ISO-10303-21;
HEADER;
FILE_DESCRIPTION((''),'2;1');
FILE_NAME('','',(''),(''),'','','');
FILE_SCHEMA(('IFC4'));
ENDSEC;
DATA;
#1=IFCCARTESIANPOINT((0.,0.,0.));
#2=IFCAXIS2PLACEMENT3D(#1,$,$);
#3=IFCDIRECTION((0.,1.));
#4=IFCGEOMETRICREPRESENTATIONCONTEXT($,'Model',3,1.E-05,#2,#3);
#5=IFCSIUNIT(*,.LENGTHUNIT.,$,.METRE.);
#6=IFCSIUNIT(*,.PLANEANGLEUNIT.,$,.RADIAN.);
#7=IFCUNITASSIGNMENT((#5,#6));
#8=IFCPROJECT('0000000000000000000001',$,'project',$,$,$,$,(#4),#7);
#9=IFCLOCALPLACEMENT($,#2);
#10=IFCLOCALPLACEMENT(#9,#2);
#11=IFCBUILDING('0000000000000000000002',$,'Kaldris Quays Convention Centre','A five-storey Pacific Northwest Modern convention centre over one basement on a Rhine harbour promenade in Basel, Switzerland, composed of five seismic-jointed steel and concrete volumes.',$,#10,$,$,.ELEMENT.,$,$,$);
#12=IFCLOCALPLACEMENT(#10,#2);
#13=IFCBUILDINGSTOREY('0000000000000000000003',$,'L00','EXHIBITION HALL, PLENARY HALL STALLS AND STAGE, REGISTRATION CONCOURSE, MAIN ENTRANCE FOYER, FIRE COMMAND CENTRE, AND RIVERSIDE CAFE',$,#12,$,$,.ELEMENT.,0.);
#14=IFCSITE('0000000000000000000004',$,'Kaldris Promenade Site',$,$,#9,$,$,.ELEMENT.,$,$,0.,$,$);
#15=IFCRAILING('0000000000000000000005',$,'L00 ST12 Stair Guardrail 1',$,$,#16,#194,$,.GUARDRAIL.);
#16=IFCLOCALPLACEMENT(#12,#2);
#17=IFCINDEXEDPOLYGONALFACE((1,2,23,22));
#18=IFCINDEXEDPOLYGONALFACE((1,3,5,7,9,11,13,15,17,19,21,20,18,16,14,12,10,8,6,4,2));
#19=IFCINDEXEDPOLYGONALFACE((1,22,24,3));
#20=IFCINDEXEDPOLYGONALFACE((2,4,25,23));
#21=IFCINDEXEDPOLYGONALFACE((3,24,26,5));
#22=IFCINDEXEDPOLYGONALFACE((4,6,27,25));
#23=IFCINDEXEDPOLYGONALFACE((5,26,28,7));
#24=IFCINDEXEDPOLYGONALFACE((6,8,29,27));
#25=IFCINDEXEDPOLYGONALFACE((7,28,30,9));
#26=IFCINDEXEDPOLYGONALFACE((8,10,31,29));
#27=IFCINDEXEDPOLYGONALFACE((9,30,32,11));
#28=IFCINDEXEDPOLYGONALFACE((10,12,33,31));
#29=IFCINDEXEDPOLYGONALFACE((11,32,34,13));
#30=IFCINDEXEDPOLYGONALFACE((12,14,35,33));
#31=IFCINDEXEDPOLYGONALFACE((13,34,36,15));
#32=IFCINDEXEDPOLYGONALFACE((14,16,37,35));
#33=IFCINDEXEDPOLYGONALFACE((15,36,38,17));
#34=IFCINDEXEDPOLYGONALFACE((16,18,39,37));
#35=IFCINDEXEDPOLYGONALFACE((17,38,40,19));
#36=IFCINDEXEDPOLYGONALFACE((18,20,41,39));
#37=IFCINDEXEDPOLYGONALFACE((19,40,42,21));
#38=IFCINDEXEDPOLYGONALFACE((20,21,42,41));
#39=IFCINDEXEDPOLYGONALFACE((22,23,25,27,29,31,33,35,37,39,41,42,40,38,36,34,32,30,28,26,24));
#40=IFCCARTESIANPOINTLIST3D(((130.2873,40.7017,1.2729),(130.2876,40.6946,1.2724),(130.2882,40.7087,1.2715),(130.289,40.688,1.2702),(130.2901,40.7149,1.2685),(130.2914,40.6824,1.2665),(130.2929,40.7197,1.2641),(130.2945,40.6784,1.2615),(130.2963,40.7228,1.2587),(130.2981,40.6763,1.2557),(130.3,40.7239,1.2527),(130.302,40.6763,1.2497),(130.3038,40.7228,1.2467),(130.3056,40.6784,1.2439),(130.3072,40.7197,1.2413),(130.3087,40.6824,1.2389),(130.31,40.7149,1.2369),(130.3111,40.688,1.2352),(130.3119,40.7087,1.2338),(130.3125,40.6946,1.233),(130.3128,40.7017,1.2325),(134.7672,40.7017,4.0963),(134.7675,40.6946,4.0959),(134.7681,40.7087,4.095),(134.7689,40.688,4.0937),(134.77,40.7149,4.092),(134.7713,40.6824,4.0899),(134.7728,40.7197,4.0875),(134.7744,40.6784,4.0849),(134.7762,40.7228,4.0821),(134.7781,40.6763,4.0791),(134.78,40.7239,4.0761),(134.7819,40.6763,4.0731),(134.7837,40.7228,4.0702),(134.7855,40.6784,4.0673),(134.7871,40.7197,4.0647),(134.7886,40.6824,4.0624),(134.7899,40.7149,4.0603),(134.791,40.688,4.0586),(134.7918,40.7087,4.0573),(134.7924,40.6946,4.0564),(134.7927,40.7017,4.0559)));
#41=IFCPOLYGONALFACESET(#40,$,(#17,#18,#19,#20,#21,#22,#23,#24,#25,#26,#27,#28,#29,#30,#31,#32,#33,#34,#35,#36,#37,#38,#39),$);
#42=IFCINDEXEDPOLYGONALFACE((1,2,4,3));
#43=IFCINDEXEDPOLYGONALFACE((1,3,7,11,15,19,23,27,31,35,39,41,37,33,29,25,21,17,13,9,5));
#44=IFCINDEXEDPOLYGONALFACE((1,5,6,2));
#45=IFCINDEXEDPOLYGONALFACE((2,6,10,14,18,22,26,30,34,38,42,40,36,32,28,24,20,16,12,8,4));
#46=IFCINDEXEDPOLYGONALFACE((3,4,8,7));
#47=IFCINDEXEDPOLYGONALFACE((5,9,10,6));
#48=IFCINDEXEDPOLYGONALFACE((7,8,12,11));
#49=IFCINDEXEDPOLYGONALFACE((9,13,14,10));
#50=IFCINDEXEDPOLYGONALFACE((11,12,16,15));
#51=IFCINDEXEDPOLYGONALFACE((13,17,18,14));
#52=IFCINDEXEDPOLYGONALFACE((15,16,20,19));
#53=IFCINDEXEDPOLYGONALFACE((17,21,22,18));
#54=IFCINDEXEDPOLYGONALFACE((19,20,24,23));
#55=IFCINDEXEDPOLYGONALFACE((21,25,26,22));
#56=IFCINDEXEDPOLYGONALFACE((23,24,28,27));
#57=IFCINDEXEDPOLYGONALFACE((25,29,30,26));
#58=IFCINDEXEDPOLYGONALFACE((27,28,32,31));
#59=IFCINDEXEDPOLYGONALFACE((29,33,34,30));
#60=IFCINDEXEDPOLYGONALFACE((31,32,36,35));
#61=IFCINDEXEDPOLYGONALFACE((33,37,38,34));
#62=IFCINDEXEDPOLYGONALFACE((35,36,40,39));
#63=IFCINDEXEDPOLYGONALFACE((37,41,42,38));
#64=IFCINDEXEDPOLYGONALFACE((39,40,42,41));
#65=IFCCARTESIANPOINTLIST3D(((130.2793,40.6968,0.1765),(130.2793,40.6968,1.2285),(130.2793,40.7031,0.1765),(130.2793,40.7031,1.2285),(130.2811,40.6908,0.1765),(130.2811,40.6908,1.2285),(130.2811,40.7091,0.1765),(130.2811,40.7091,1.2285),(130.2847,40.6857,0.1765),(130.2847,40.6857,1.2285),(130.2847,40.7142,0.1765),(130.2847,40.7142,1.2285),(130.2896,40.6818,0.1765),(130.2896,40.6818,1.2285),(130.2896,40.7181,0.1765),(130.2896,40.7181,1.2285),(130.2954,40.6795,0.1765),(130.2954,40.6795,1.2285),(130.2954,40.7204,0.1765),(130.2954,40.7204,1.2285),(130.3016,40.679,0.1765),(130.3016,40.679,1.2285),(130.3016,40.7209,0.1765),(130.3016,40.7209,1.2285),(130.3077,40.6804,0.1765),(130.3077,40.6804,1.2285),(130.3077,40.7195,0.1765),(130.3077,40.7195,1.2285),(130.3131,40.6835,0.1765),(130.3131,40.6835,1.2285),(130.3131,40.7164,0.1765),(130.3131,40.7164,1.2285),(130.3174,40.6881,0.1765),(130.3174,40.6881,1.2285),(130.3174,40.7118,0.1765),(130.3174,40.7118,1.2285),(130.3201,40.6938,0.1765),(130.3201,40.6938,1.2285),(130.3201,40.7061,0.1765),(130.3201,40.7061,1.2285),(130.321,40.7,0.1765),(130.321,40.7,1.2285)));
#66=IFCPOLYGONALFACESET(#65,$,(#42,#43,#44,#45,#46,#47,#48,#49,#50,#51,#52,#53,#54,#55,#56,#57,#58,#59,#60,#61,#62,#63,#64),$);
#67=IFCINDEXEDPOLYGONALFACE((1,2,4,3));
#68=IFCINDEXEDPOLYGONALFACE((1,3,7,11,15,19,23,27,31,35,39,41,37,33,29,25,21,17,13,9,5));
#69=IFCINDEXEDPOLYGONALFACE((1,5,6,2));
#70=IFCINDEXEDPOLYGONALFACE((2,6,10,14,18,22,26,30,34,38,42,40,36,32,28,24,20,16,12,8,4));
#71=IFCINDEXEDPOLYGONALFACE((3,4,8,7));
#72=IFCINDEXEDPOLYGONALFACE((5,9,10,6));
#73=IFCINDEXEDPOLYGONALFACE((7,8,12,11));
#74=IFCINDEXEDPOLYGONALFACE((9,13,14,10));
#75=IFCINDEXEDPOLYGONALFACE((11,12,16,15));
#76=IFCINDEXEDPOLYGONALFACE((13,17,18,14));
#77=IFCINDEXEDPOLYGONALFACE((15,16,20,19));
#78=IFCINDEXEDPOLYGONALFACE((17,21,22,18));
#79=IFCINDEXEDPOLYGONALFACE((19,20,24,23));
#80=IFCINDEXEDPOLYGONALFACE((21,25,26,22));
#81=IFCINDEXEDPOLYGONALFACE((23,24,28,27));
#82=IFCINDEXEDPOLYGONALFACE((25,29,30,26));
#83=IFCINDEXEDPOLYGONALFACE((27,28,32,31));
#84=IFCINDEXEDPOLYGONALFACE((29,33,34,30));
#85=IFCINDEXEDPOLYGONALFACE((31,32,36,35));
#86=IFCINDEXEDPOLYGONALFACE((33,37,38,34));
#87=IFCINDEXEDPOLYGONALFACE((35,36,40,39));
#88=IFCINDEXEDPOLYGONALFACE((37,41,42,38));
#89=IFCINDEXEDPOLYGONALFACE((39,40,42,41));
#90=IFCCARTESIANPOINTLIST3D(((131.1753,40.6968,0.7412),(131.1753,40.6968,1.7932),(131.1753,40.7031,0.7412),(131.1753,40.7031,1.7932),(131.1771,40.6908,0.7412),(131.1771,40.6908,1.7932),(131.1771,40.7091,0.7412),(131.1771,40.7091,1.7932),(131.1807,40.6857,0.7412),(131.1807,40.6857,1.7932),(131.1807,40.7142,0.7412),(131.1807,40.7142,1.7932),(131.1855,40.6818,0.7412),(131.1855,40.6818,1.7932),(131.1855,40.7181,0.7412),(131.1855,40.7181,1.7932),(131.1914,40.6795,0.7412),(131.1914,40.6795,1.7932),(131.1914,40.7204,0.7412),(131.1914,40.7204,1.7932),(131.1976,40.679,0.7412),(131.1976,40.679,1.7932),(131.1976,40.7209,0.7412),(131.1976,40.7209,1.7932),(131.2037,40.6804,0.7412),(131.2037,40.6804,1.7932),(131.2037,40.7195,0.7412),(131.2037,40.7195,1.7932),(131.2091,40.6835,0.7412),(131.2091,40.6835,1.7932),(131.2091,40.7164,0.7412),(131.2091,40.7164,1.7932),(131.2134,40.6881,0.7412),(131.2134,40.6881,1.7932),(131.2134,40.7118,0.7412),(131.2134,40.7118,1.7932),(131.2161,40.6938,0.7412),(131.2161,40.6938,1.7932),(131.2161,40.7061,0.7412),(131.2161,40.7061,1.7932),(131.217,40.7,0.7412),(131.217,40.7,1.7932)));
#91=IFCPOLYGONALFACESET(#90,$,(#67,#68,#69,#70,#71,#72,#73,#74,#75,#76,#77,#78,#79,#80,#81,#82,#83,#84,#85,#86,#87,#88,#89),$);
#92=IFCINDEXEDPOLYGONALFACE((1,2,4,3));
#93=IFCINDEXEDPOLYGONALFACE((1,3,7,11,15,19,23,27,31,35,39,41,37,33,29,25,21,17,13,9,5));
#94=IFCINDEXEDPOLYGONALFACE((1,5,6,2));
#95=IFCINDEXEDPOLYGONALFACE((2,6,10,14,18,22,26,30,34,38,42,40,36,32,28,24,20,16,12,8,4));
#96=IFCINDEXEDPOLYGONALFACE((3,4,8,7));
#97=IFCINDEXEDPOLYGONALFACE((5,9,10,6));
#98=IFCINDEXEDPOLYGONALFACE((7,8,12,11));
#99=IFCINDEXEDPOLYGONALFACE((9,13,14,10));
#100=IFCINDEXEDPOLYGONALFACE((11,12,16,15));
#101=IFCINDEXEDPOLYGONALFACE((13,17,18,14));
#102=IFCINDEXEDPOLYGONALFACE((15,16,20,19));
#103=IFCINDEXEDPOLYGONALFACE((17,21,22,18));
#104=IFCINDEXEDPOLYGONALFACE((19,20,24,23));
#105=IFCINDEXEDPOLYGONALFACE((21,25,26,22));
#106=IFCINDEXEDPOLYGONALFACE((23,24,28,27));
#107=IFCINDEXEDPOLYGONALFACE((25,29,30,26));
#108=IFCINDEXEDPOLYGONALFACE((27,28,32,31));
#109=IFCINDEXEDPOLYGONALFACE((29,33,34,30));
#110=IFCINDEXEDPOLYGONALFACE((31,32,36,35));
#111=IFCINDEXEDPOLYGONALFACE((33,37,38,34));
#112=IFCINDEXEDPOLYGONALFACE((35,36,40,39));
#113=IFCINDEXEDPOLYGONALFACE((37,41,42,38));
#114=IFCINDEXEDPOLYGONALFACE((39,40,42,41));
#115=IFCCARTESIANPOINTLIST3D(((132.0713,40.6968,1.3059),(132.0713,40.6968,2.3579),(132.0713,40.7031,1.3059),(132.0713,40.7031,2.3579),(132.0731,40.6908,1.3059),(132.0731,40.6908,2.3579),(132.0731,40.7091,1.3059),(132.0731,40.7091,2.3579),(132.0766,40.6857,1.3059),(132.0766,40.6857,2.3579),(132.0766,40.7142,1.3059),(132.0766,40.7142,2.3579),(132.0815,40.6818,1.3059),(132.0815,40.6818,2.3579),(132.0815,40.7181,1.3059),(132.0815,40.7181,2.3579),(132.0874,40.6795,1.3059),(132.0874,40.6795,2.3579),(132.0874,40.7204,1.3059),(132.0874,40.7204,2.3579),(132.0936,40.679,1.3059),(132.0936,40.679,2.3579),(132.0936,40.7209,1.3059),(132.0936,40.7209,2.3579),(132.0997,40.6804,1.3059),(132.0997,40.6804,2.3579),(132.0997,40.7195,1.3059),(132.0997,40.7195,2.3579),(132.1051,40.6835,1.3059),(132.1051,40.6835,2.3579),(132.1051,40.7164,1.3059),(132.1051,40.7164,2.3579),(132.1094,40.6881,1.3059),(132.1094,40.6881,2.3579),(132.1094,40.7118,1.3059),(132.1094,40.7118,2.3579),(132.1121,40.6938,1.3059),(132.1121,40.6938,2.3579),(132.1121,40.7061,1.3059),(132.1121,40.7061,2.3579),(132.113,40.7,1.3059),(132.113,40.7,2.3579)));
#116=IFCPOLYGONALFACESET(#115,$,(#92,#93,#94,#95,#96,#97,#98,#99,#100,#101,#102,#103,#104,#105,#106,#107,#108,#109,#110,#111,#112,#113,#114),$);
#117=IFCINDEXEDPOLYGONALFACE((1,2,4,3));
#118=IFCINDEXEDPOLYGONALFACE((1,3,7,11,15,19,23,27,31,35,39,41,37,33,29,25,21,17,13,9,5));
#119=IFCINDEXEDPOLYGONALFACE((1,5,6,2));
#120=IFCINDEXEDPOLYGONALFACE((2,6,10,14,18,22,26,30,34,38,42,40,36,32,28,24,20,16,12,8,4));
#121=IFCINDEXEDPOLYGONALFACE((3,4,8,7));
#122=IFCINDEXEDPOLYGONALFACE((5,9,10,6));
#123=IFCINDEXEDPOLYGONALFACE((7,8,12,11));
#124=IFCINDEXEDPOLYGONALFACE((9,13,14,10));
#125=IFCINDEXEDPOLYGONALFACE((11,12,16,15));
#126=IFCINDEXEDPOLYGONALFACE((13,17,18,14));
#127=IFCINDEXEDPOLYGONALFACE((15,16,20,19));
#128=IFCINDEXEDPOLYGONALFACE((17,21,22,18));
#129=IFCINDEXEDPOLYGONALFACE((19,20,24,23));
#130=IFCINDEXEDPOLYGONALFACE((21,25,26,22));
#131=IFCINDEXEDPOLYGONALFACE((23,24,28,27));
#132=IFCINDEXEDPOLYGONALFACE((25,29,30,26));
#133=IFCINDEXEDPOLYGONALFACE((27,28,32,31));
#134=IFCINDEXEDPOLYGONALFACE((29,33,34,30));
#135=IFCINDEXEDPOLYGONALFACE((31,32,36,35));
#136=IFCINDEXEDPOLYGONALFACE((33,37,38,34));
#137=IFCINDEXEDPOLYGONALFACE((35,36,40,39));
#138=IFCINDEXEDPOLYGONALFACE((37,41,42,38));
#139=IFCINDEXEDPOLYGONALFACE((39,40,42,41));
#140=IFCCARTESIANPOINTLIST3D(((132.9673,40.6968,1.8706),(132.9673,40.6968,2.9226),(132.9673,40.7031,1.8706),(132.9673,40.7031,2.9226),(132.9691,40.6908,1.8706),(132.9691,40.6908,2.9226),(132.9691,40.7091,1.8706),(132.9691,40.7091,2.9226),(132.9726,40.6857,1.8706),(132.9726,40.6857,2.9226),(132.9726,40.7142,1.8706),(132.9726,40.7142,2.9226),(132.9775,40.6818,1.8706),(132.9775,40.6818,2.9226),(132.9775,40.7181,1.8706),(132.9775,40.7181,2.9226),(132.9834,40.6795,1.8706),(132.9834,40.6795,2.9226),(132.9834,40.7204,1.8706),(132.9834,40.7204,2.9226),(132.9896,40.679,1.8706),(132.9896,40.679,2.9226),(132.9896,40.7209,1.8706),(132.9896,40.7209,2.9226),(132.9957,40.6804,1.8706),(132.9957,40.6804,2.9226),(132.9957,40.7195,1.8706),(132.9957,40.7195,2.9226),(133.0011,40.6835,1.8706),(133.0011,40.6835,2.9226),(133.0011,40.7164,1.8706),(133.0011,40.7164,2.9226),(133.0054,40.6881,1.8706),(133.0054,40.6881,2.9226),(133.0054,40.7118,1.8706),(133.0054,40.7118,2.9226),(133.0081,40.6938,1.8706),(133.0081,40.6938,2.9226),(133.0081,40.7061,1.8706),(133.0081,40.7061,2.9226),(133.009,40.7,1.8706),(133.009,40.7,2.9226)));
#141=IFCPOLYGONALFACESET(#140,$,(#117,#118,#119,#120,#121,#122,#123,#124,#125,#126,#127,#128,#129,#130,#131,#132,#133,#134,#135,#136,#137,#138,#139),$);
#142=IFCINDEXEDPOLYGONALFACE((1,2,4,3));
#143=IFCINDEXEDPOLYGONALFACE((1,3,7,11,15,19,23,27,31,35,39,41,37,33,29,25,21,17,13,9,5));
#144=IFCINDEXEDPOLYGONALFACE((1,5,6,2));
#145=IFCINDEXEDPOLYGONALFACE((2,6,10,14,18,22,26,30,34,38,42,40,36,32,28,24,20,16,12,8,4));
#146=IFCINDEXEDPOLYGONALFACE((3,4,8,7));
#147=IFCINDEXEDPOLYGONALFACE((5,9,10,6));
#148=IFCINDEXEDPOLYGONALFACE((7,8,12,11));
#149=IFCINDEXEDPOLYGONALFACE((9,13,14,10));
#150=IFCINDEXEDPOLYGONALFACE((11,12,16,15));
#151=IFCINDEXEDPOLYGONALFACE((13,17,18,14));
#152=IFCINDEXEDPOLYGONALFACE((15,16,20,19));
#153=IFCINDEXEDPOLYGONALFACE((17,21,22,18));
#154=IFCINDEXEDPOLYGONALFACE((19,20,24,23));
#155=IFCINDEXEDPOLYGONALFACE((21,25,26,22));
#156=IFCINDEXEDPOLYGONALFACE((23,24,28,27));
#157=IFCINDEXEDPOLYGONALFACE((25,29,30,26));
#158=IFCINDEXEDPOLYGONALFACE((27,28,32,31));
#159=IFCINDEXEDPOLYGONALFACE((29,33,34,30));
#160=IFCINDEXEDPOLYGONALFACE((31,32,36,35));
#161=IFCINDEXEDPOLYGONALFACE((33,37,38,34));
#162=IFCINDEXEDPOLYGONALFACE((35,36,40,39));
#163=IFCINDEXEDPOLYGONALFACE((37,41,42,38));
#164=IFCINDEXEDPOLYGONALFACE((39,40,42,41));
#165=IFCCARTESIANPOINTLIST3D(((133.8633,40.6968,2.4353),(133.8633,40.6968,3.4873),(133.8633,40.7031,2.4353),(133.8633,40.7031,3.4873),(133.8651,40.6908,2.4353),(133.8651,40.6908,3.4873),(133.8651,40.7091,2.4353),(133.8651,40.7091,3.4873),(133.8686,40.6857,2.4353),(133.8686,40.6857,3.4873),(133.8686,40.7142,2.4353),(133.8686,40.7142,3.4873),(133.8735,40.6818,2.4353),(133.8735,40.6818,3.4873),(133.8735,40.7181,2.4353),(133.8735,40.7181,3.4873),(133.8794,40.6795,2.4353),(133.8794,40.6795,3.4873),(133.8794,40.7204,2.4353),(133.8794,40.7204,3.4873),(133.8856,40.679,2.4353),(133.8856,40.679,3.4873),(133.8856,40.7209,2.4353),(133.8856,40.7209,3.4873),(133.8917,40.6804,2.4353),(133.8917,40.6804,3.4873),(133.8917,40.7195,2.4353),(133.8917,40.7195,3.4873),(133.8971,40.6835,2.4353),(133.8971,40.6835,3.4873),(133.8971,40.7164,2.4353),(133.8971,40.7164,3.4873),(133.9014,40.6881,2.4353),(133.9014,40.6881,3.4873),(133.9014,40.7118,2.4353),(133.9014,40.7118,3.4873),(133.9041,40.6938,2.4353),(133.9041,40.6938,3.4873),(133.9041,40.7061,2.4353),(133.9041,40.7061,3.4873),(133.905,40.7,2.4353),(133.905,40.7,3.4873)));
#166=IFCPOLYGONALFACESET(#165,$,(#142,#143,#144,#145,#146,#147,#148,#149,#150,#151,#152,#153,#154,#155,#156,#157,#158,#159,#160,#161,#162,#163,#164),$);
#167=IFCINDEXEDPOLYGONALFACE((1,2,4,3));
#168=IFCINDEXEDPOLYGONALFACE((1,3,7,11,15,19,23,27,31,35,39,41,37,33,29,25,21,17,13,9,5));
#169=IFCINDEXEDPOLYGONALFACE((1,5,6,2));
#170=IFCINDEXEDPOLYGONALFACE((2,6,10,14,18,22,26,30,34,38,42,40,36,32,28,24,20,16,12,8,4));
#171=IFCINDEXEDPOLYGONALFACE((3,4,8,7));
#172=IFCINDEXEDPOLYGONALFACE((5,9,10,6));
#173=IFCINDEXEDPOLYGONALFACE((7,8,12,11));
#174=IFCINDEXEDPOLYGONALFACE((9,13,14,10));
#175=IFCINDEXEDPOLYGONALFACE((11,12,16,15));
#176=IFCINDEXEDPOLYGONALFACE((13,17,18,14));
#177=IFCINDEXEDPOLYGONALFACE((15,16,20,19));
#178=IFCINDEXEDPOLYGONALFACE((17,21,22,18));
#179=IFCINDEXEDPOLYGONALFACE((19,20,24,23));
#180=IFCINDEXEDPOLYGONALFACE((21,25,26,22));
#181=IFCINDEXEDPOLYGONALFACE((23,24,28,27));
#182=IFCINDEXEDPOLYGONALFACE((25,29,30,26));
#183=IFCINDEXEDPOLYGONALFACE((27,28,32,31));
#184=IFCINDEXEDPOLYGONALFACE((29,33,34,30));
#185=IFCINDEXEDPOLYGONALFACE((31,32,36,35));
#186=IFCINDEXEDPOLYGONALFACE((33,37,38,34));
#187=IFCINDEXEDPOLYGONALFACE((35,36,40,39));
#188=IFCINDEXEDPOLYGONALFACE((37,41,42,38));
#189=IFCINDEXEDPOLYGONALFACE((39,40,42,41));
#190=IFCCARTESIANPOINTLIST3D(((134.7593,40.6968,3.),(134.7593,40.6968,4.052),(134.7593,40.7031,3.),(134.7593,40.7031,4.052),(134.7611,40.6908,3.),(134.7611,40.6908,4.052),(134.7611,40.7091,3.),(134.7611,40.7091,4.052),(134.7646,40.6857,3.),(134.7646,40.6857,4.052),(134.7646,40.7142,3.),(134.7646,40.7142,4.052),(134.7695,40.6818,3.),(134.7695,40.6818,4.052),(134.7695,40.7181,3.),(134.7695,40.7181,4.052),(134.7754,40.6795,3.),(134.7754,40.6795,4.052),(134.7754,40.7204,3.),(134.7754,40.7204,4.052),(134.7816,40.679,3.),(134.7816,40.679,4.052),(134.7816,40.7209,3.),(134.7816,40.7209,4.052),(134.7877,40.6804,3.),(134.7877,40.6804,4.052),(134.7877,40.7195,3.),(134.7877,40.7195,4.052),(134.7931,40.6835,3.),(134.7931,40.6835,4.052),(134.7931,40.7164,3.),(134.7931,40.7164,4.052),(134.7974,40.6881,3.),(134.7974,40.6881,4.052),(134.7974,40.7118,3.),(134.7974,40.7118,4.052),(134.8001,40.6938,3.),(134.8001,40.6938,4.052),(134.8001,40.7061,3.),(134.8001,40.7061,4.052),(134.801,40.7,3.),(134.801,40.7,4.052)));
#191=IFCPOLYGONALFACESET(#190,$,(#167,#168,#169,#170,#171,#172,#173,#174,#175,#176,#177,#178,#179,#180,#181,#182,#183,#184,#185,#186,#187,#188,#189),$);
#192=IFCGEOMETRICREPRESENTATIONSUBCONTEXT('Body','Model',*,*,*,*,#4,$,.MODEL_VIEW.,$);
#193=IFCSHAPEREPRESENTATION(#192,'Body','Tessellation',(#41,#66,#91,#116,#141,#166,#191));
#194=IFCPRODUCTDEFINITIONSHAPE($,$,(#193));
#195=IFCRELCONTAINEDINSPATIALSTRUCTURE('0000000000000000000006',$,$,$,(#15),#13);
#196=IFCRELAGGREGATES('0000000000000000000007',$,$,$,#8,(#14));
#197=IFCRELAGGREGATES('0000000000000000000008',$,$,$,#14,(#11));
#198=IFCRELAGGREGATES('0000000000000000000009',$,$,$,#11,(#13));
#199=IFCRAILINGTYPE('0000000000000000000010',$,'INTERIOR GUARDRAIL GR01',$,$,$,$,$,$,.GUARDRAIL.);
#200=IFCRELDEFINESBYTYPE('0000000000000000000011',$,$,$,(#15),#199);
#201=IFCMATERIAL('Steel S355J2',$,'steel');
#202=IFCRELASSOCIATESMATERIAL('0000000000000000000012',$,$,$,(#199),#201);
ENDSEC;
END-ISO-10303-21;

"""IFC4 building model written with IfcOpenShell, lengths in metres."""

from ifc_helpers import new_model, si_unit, direction, frame, origin, origin_2d, place, context, subcontext, project, spatial, circle, extrude, material, type_object, element, save


model = new_model("IFC4")

# Units and contexts
model_context = context("Model", 3, precision=1e-05, world=origin(), true_north=direction((0.0, 1.0)))
body_context = subcontext(model_context, "Body", "Model", "MODEL_VIEW")
ifc_project = project(units=[si_unit("LENGTHUNIT", "METRE"), si_unit("PLANEANGLEUNIT", "RADIAN")], contexts=[model_context])

# Site, building, storey
site_placement = place(None, origin())
site = spatial("IfcSite", under=ifc_project, at=site_placement, Name="Kaldris Promenade Site", CompositionType="ELEMENT", RefElevation=0.0)
building_placement = place(site_placement, origin())
building = spatial("IfcBuilding", under=site, at=building_placement, Name="Kaldris Quays Convention Centre", Description="A five-storey Pacific Northwest Modern convention centre over one basement on a Rhine harbour promenade in Basel, Switzerland, composed of five seismic-jointed steel and concrete volumes.", CompositionType="ELEMENT")
storey_placement = place(building_placement, origin())
storey = spatial("IfcBuildingStorey", under=building, at=storey_placement, Name="L00", Description="EXHIBITION HALL, PLENARY HALL STALLS AND STAGE, REGISTRATION CONCOURSE, MAIN ENTRANCE FOYER, FIRE COMMAND CENTRE, AND RIVERSIDE CAFE", CompositionType="ELEMENT", Elevation=0.0)

# Shared definitions
ifc_material_1 = material(Name="Steel S355J2", Category="steel")

# Railing
railing_type_1 = type_object("IfcRailingType", Name="INTERIOR GUARDRAIL GR01", PredefinedType="GUARDRAIL", material=ifc_material_1)
railing_1_placement = place(storey_placement, frame((130.3, 40.7, 0.1765)))
element("IfcRailing", 1, at=railing_1_placement, inside=storey, type_object=railing_type_1, Name="L00 ST12 Stair Guardrail 1", PredefinedType="GUARDRAIL", context=body_context, shape_type="SweptSolid", body=[
    extrude(circle(Radius=0.0239, at=origin_2d()), frame((0.0, 0.0, 1.0762), z_axis=(0.845998, 0.0, 0.533186), x_axis=(0.0, 1.0, 0.0)), (0.0, 0.0, 1.0), 5.2954),
    extrude(circle(Radius=0.021, at=origin_2d()), origin(), (0.0, 0.0, 1.0), 1.052),
    extrude(circle(Radius=0.021, at=origin_2d()), frame((0.896, 0.0, 0.5647)), (0.0, 0.0, 1.0), 1.052),
    extrude(circle(Radius=0.021, at=origin_2d()), frame((1.792, 0.0, 1.1294)), (0.0, 0.0, 1.0), 1.052),
    extrude(circle(Radius=0.021, at=origin_2d()), frame((2.688, 0.0, 1.6941)), (0.0, 0.0, 1.0), 1.052),
    extrude(circle(Radius=0.021, at=origin_2d()), frame((3.584, 0.0, 2.2588)), (0.0, 0.0, 1.0), 1.052),
    extrude(circle(Radius=0.021, at=origin_2d()), frame((4.48, 0.0, 2.8235)), (0.0, 0.0, 1.0), 1.052),
])

save(model, "model.ifc")
